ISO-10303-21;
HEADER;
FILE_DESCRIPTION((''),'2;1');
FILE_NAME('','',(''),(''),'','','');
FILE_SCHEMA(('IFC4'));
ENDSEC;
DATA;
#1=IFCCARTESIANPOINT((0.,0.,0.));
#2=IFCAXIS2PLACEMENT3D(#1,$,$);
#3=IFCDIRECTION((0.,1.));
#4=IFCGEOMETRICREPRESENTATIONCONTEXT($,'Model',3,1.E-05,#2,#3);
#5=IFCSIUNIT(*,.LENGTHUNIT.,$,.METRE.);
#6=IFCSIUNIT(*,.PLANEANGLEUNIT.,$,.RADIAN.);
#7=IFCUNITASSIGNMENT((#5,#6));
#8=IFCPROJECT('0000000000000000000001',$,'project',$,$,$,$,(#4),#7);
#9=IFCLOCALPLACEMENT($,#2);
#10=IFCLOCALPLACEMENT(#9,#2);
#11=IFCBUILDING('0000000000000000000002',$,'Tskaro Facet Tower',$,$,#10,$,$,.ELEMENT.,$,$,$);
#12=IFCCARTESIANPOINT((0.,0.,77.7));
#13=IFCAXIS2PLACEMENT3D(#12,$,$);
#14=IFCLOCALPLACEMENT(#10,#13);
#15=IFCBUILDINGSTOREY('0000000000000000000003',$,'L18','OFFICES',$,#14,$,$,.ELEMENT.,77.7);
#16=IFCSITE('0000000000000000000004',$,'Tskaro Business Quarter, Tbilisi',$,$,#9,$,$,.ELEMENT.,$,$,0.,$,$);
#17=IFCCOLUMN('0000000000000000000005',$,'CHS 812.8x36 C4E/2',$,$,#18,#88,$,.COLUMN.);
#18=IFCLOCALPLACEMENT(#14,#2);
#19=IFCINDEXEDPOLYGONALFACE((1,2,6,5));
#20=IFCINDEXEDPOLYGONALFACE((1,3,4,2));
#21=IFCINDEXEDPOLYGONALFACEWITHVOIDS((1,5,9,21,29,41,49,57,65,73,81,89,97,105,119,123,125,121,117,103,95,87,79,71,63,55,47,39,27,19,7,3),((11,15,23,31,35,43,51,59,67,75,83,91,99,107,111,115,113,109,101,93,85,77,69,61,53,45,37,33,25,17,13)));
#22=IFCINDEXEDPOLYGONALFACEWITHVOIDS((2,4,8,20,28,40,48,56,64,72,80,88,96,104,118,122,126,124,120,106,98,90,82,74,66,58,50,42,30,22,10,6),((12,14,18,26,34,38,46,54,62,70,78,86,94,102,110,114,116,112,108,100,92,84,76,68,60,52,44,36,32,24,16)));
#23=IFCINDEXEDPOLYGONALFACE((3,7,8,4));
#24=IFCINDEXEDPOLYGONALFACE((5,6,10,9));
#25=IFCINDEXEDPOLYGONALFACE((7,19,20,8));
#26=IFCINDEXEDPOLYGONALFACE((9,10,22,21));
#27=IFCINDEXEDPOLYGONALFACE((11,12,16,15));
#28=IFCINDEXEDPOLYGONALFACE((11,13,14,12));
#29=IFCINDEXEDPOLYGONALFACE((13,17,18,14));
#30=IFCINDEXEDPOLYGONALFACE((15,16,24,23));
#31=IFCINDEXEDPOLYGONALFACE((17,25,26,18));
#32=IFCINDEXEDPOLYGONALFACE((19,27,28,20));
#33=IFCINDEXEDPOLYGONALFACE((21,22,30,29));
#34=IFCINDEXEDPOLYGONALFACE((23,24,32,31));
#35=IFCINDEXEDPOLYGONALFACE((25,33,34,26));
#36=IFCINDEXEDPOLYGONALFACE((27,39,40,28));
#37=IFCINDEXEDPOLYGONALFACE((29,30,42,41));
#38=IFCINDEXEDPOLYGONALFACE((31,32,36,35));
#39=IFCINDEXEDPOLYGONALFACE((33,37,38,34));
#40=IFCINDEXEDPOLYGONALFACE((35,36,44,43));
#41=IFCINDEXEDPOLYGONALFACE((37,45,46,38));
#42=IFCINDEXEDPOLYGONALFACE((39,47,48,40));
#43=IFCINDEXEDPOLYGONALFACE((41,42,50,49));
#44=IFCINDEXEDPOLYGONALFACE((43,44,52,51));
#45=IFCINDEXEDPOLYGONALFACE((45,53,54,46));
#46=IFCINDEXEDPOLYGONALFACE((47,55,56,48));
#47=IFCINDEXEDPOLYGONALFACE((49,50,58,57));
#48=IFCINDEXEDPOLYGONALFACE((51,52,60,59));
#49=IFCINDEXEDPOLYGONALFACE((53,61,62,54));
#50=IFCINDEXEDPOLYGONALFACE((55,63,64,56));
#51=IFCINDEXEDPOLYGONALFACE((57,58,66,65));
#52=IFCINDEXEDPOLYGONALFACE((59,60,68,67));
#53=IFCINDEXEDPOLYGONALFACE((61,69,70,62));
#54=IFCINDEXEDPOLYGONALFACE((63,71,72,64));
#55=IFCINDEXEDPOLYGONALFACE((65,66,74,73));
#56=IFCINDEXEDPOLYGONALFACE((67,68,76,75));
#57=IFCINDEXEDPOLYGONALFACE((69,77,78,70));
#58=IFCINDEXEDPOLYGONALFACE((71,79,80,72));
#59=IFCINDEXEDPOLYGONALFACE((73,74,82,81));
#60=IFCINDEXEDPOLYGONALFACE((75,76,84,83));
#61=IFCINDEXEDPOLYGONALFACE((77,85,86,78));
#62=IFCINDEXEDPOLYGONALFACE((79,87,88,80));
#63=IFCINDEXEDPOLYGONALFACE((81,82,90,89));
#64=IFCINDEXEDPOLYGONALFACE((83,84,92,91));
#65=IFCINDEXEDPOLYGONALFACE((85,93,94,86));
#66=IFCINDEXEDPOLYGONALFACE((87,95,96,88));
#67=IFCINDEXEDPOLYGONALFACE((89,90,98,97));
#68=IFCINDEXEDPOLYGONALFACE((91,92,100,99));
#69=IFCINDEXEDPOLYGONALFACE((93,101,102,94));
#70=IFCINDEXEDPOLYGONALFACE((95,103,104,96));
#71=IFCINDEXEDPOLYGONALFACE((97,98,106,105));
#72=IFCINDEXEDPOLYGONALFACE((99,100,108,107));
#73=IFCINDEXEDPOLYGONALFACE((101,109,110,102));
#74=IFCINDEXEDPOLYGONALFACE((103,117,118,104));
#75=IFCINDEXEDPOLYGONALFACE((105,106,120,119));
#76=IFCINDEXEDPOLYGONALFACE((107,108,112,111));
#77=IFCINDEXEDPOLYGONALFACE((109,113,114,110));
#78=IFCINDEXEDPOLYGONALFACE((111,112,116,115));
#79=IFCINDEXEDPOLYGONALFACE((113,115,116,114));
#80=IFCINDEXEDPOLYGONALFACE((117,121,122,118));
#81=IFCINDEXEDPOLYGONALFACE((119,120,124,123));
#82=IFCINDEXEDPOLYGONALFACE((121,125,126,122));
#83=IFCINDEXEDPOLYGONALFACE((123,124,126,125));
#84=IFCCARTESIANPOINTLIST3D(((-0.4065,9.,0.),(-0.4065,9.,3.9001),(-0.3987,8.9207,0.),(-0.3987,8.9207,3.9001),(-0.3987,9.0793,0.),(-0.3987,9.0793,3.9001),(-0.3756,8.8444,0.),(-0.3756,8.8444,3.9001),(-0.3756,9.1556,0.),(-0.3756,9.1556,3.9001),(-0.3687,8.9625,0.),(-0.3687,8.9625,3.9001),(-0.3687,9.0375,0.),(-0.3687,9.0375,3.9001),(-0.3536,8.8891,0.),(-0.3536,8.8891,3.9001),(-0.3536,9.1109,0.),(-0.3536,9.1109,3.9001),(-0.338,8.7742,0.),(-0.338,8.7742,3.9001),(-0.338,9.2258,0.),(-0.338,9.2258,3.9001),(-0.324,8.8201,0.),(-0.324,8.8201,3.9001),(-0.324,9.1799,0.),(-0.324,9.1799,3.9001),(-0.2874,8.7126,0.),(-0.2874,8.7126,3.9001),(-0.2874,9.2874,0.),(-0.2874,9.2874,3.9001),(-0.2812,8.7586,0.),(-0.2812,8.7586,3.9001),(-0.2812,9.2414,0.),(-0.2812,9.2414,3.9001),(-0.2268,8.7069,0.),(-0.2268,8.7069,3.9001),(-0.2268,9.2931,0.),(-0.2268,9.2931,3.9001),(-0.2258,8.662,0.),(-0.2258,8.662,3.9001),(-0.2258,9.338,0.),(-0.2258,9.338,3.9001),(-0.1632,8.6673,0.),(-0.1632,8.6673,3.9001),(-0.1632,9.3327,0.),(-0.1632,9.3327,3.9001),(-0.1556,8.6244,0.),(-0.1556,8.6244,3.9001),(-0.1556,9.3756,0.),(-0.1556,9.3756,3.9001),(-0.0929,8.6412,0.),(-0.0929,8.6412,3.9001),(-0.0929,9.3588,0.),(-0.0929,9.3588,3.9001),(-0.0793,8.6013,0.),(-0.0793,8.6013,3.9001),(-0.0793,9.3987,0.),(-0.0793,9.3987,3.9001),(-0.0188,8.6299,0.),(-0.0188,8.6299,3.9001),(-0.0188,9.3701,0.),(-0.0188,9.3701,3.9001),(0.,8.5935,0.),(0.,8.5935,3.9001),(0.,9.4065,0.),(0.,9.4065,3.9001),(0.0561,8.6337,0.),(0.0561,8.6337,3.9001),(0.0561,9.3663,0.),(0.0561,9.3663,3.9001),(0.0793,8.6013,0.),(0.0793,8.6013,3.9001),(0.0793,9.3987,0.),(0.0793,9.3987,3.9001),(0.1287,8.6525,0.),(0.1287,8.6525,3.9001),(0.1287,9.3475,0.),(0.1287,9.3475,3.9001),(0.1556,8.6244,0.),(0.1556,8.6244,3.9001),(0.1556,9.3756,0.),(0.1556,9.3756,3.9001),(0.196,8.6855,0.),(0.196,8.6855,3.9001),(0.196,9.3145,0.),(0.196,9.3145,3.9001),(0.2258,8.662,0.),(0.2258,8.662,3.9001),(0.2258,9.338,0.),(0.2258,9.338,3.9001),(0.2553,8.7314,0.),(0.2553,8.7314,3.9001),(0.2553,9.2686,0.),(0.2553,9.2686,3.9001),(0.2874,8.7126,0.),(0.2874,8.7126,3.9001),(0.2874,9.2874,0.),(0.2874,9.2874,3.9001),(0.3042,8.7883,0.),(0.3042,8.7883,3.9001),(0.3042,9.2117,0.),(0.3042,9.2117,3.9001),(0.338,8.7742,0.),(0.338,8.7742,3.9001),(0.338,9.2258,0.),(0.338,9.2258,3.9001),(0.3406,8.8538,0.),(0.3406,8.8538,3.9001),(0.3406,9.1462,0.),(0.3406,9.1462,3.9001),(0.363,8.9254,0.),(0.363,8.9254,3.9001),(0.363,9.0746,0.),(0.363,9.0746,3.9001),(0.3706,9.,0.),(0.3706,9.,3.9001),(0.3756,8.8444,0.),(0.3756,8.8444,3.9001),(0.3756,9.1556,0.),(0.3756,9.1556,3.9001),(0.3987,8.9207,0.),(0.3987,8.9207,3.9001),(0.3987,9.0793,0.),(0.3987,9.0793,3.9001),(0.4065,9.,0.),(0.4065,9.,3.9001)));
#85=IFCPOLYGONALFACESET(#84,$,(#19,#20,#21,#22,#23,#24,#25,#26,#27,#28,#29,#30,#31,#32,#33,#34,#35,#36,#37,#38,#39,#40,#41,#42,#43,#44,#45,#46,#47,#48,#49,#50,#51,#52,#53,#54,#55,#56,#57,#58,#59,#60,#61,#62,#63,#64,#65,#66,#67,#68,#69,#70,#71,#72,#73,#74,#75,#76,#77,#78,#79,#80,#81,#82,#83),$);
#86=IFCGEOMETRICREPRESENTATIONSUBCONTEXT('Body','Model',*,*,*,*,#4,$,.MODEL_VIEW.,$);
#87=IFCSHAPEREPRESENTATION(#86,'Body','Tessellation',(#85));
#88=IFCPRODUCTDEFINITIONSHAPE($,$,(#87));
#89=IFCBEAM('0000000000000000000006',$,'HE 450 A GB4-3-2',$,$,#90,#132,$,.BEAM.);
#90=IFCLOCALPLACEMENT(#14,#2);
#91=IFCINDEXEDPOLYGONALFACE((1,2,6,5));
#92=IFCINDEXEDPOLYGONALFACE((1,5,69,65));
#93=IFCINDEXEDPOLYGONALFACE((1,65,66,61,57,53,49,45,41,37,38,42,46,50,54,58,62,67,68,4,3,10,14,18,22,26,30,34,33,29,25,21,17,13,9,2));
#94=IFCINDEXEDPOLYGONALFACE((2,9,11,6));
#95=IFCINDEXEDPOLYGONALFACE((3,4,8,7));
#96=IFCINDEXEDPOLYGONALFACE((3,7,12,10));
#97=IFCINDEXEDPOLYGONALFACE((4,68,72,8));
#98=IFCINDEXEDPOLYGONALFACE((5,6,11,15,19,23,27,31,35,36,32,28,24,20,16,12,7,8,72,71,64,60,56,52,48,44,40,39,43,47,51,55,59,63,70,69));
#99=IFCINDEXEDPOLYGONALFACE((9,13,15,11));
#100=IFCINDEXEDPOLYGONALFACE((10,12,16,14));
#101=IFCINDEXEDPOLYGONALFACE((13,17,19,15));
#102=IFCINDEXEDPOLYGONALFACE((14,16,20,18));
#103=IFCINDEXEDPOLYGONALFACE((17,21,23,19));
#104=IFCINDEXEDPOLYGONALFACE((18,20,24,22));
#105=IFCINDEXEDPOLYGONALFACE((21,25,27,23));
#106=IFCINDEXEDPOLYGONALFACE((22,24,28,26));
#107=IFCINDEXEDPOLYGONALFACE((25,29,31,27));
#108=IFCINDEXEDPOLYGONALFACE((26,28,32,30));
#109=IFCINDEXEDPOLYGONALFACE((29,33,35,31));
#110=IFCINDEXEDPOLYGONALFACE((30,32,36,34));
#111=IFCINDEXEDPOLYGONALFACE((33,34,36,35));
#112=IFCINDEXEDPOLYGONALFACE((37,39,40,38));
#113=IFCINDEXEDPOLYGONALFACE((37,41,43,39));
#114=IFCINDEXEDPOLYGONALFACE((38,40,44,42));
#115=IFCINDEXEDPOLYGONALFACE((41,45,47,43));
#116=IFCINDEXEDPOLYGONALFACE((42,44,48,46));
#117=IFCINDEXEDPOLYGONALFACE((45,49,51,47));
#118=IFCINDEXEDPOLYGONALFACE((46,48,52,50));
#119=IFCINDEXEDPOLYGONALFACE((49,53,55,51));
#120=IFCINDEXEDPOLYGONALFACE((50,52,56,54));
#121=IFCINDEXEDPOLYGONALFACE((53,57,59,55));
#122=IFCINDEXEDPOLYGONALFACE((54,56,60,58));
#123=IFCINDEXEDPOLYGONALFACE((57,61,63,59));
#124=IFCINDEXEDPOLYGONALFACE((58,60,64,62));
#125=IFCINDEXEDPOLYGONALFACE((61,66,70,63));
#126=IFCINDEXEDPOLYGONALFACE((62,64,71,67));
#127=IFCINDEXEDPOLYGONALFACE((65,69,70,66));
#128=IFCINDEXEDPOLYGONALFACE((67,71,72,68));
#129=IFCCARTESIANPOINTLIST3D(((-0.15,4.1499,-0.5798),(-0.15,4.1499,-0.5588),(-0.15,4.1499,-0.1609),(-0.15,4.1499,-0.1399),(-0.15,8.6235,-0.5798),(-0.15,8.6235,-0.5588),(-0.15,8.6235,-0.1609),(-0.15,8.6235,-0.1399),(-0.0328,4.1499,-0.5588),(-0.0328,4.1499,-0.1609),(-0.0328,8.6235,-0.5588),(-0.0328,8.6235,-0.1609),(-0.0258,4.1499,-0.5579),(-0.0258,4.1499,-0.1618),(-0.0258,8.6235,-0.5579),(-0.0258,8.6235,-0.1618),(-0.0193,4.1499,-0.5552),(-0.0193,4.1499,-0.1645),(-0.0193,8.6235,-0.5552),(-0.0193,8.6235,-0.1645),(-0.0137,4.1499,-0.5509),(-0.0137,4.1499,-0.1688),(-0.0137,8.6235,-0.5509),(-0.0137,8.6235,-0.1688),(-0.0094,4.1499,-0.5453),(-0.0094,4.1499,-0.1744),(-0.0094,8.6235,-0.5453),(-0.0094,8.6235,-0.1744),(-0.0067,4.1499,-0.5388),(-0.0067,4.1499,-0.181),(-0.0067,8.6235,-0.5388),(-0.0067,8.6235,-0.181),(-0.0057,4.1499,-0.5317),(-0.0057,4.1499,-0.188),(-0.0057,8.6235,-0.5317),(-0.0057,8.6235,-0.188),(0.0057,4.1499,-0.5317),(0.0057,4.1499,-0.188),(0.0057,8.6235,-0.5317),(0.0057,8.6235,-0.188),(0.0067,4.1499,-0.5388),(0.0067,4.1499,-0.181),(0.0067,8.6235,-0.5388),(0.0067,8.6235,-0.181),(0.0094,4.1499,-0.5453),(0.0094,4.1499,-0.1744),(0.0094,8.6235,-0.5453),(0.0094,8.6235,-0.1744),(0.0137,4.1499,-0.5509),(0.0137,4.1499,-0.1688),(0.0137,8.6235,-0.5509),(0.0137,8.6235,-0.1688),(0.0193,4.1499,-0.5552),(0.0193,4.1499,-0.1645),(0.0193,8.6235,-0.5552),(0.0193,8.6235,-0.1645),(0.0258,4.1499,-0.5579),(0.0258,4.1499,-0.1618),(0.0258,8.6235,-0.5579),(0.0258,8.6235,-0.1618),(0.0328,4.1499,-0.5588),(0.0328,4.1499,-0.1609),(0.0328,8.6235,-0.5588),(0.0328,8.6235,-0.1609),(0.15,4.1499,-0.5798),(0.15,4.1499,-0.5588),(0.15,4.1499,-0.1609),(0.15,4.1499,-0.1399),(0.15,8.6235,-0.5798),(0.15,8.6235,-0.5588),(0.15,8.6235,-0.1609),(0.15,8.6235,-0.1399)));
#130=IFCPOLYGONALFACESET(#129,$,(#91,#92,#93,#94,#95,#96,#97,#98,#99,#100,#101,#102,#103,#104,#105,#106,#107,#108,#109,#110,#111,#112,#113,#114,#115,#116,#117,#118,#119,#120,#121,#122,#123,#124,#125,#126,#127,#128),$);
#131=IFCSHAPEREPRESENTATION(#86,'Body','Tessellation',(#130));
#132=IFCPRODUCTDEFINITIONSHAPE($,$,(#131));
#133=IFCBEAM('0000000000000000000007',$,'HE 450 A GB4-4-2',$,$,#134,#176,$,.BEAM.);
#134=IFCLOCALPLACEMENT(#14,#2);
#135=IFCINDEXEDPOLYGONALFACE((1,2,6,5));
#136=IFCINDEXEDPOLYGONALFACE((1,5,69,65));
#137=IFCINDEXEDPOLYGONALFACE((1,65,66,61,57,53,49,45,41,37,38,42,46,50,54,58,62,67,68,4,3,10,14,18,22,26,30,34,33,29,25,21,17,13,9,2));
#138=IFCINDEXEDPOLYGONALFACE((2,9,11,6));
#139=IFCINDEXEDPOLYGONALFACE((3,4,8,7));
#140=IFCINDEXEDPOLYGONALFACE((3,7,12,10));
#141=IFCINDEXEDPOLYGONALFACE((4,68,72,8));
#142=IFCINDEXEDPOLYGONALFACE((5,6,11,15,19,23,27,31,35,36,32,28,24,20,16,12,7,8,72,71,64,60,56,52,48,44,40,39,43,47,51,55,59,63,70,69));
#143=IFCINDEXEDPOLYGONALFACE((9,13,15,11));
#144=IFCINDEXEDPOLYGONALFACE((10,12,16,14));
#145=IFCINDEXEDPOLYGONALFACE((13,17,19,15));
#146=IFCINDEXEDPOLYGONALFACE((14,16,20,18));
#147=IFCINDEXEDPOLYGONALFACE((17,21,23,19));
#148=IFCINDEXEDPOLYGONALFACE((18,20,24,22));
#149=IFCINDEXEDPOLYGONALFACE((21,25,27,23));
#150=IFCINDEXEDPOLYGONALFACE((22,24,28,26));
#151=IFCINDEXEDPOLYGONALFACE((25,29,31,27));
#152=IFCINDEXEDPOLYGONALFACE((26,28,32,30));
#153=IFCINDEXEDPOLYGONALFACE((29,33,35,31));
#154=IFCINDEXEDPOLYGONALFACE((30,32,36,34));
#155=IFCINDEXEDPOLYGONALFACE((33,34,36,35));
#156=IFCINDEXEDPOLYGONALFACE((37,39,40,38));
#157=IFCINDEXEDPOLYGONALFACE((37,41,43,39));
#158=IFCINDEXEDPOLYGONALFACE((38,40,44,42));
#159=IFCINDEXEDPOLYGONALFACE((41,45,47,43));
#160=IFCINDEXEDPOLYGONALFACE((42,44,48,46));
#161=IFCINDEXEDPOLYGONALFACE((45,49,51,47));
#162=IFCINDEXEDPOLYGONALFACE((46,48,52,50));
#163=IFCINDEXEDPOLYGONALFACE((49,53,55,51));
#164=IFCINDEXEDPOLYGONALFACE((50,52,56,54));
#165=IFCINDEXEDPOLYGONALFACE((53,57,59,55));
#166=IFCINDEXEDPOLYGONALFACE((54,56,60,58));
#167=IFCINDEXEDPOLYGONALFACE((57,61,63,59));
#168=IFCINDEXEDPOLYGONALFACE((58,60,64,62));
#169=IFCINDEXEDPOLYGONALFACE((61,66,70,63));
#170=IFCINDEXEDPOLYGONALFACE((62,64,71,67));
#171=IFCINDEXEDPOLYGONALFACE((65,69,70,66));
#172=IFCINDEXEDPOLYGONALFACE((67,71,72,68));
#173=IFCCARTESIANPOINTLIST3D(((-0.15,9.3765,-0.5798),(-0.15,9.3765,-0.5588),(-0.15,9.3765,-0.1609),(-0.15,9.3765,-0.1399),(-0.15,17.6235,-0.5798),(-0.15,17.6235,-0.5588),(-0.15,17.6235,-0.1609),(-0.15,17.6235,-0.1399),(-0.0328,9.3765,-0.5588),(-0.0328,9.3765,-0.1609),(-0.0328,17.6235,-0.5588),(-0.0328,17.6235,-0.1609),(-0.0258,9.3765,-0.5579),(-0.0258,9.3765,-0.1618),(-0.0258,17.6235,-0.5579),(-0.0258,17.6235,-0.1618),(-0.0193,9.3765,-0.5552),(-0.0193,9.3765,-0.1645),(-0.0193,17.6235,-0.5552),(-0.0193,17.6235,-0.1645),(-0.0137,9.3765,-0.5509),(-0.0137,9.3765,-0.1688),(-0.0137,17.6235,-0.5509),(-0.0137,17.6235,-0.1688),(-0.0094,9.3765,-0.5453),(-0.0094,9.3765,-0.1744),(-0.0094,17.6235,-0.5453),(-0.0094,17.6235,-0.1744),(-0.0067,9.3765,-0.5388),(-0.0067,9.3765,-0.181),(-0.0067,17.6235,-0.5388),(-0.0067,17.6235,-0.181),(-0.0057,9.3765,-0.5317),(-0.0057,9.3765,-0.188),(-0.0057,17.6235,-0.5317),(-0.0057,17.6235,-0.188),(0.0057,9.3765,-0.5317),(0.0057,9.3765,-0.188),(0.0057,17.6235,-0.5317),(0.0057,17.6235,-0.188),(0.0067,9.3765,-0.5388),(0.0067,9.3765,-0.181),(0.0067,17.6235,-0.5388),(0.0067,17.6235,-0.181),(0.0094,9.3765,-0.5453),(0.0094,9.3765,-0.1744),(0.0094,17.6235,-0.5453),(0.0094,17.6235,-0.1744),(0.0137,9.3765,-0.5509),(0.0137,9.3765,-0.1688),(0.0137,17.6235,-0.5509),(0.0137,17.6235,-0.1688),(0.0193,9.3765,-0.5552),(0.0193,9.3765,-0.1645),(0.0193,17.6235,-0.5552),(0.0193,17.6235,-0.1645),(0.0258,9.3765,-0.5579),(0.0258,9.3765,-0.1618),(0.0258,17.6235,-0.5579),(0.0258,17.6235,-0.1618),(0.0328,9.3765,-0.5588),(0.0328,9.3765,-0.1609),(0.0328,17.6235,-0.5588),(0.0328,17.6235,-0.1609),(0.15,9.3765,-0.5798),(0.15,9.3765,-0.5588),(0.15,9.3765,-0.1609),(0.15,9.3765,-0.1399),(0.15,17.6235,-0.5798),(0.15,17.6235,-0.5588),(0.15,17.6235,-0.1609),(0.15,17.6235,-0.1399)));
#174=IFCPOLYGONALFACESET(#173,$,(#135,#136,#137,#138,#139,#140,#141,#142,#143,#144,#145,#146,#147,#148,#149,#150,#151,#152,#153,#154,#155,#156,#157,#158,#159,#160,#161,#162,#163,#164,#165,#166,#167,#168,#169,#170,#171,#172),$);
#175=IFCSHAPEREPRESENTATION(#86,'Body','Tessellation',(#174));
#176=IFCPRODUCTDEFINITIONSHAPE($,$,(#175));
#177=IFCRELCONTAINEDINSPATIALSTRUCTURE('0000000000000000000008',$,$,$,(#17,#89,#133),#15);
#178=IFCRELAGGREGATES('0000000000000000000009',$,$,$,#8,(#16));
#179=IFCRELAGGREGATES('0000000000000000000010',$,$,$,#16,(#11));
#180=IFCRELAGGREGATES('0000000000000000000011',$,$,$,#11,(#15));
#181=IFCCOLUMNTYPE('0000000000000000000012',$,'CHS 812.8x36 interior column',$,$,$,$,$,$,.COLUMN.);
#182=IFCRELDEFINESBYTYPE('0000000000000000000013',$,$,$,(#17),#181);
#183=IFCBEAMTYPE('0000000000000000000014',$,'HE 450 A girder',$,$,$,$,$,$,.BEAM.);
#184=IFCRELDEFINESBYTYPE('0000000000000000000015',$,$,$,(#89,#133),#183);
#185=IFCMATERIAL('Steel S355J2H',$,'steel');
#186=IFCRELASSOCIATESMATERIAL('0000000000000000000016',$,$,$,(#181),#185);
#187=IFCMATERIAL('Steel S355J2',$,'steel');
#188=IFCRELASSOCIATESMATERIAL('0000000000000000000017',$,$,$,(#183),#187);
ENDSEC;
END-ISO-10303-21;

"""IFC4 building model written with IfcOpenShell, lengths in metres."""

from ifc_helpers import new_model, si_unit, direction, frame, origin, origin_2d, place, context, subcontext, project, spatial, hollow_circle, i_section, extrude, material, material_profile, profile_set, type_object, element, save


model = new_model("IFC4")

# Units and contexts
model_context = context("Model", 3, precision=1e-05, world=origin(), true_north=direction((0.0, 1.0)))
body_context = subcontext(model_context, "Body", "Model", "MODEL_VIEW")
ifc_project = project(units=[si_unit("LENGTHUNIT", "METRE"), si_unit("PLANEANGLEUNIT", "RADIAN")], contexts=[model_context])

# Site, building, storey
site_placement = place(None, origin())
site = spatial("IfcSite", under=ifc_project, at=site_placement, Name="Tskaro Business Quarter, Tbilisi", CompositionType="ELEMENT", RefElevation=0.0)
building_placement = place(site_placement, origin())
building = spatial("IfcBuilding", under=site, at=building_placement, Name="Tskaro Facet Tower", CompositionType="ELEMENT")
storey_placement = place(building_placement, frame((0.0, 0.0, 77.7)))
storey = spatial("IfcBuildingStorey", under=building, at=storey_placement, Name="L18", Description="OFFICES", CompositionType="ELEMENT", Elevation=77.7)

# Column
ifc_material_1 = material(Name="Steel S355J2H", Category="steel")
ifc_material_profile_1 = material_profile(ifc_material_1, hollow_circle(Radius=0.4065, WallThickness=0.0359, at=origin_2d()), Name="CHS 812.8x36")
ifc_profile_set_1 = profile_set([ifc_material_profile_1], Name="Steel S355J2H")
column_type = type_object("IfcColumnType", Name="CHS 812.8x36 interior column", PredefinedType="COLUMN", material=ifc_profile_set_1)
column_placement = place(storey_placement, frame((0.0, 9.0, 0.0), z_axis=(0.0, 0.0, 1.0), x_axis=(1.0, 0.0, 0.0)))
element("IfcColumn", 1, at=column_placement, inside=storey, type_object=column_type, Name="CHS 812.8x36 C4E/2", PredefinedType="COLUMN", context=body_context, shape_type="SweptSolid", body=[
    extrude(hollow_circle(Radius=0.4065, WallThickness=0.0359, at=origin_2d()), origin(), (0.0, 0.0, 1.0), 3.9001),
])

# Beams
ifc_material_2 = material(Name="Steel S355J2", Category="steel")
ifc_material_profile_2 = material_profile(ifc_material_2, i_section(OverallWidth=0.3, OverallDepth=0.4399, WebThickness=0.0115, FlangeThickness=0.021, FilletRadius=0.0271, at=origin_2d()), Name="HE 450 A")
ifc_profile_set_2 = profile_set([ifc_material_profile_2], Name="Steel S355J2")
beam_type = type_object("IfcBeamType", Name="HE 450 A girder", PredefinedType="BEAM", material=ifc_profile_set_2)
beam_1_placement = place(storey_placement, frame((0.0, 4.1499, -0.3599), z_axis=(0.0, 1.0, 0.0), x_axis=(-1.0, 0.0, 0.0)))
element("IfcBeam", 2, at=beam_1_placement, inside=storey, type_object=beam_type, Name="HE 450 A GB4-3-2", PredefinedType="BEAM", context=body_context, shape_type="SweptSolid", body=[
    extrude(i_section(OverallWidth=0.3, OverallDepth=0.4399, WebThickness=0.0115, FlangeThickness=0.021, FilletRadius=0.0271, at=origin_2d()), origin(), (0.0, 0.0, 1.0), 4.4736),
])
beam_2_placement = place(storey_placement, frame((0.0, 9.3765, -0.3599), z_axis=(0.0, 1.0, 0.0), x_axis=(-1.0, 0.0, 0.0)))
element("IfcBeam", 3, at=beam_2_placement, inside=storey, type_object=beam_type, Name="HE 450 A GB4-4-2", PredefinedType="BEAM", context=body_context, shape_type="SweptSolid", body=[
    extrude(i_section(OverallWidth=0.3, OverallDepth=0.4399, WebThickness=0.0115, FlangeThickness=0.021, FilletRadius=0.0271, at=origin_2d()), origin(), (0.0, 0.0, 1.0), 8.2471),
])

save(model, "model.ifc")
